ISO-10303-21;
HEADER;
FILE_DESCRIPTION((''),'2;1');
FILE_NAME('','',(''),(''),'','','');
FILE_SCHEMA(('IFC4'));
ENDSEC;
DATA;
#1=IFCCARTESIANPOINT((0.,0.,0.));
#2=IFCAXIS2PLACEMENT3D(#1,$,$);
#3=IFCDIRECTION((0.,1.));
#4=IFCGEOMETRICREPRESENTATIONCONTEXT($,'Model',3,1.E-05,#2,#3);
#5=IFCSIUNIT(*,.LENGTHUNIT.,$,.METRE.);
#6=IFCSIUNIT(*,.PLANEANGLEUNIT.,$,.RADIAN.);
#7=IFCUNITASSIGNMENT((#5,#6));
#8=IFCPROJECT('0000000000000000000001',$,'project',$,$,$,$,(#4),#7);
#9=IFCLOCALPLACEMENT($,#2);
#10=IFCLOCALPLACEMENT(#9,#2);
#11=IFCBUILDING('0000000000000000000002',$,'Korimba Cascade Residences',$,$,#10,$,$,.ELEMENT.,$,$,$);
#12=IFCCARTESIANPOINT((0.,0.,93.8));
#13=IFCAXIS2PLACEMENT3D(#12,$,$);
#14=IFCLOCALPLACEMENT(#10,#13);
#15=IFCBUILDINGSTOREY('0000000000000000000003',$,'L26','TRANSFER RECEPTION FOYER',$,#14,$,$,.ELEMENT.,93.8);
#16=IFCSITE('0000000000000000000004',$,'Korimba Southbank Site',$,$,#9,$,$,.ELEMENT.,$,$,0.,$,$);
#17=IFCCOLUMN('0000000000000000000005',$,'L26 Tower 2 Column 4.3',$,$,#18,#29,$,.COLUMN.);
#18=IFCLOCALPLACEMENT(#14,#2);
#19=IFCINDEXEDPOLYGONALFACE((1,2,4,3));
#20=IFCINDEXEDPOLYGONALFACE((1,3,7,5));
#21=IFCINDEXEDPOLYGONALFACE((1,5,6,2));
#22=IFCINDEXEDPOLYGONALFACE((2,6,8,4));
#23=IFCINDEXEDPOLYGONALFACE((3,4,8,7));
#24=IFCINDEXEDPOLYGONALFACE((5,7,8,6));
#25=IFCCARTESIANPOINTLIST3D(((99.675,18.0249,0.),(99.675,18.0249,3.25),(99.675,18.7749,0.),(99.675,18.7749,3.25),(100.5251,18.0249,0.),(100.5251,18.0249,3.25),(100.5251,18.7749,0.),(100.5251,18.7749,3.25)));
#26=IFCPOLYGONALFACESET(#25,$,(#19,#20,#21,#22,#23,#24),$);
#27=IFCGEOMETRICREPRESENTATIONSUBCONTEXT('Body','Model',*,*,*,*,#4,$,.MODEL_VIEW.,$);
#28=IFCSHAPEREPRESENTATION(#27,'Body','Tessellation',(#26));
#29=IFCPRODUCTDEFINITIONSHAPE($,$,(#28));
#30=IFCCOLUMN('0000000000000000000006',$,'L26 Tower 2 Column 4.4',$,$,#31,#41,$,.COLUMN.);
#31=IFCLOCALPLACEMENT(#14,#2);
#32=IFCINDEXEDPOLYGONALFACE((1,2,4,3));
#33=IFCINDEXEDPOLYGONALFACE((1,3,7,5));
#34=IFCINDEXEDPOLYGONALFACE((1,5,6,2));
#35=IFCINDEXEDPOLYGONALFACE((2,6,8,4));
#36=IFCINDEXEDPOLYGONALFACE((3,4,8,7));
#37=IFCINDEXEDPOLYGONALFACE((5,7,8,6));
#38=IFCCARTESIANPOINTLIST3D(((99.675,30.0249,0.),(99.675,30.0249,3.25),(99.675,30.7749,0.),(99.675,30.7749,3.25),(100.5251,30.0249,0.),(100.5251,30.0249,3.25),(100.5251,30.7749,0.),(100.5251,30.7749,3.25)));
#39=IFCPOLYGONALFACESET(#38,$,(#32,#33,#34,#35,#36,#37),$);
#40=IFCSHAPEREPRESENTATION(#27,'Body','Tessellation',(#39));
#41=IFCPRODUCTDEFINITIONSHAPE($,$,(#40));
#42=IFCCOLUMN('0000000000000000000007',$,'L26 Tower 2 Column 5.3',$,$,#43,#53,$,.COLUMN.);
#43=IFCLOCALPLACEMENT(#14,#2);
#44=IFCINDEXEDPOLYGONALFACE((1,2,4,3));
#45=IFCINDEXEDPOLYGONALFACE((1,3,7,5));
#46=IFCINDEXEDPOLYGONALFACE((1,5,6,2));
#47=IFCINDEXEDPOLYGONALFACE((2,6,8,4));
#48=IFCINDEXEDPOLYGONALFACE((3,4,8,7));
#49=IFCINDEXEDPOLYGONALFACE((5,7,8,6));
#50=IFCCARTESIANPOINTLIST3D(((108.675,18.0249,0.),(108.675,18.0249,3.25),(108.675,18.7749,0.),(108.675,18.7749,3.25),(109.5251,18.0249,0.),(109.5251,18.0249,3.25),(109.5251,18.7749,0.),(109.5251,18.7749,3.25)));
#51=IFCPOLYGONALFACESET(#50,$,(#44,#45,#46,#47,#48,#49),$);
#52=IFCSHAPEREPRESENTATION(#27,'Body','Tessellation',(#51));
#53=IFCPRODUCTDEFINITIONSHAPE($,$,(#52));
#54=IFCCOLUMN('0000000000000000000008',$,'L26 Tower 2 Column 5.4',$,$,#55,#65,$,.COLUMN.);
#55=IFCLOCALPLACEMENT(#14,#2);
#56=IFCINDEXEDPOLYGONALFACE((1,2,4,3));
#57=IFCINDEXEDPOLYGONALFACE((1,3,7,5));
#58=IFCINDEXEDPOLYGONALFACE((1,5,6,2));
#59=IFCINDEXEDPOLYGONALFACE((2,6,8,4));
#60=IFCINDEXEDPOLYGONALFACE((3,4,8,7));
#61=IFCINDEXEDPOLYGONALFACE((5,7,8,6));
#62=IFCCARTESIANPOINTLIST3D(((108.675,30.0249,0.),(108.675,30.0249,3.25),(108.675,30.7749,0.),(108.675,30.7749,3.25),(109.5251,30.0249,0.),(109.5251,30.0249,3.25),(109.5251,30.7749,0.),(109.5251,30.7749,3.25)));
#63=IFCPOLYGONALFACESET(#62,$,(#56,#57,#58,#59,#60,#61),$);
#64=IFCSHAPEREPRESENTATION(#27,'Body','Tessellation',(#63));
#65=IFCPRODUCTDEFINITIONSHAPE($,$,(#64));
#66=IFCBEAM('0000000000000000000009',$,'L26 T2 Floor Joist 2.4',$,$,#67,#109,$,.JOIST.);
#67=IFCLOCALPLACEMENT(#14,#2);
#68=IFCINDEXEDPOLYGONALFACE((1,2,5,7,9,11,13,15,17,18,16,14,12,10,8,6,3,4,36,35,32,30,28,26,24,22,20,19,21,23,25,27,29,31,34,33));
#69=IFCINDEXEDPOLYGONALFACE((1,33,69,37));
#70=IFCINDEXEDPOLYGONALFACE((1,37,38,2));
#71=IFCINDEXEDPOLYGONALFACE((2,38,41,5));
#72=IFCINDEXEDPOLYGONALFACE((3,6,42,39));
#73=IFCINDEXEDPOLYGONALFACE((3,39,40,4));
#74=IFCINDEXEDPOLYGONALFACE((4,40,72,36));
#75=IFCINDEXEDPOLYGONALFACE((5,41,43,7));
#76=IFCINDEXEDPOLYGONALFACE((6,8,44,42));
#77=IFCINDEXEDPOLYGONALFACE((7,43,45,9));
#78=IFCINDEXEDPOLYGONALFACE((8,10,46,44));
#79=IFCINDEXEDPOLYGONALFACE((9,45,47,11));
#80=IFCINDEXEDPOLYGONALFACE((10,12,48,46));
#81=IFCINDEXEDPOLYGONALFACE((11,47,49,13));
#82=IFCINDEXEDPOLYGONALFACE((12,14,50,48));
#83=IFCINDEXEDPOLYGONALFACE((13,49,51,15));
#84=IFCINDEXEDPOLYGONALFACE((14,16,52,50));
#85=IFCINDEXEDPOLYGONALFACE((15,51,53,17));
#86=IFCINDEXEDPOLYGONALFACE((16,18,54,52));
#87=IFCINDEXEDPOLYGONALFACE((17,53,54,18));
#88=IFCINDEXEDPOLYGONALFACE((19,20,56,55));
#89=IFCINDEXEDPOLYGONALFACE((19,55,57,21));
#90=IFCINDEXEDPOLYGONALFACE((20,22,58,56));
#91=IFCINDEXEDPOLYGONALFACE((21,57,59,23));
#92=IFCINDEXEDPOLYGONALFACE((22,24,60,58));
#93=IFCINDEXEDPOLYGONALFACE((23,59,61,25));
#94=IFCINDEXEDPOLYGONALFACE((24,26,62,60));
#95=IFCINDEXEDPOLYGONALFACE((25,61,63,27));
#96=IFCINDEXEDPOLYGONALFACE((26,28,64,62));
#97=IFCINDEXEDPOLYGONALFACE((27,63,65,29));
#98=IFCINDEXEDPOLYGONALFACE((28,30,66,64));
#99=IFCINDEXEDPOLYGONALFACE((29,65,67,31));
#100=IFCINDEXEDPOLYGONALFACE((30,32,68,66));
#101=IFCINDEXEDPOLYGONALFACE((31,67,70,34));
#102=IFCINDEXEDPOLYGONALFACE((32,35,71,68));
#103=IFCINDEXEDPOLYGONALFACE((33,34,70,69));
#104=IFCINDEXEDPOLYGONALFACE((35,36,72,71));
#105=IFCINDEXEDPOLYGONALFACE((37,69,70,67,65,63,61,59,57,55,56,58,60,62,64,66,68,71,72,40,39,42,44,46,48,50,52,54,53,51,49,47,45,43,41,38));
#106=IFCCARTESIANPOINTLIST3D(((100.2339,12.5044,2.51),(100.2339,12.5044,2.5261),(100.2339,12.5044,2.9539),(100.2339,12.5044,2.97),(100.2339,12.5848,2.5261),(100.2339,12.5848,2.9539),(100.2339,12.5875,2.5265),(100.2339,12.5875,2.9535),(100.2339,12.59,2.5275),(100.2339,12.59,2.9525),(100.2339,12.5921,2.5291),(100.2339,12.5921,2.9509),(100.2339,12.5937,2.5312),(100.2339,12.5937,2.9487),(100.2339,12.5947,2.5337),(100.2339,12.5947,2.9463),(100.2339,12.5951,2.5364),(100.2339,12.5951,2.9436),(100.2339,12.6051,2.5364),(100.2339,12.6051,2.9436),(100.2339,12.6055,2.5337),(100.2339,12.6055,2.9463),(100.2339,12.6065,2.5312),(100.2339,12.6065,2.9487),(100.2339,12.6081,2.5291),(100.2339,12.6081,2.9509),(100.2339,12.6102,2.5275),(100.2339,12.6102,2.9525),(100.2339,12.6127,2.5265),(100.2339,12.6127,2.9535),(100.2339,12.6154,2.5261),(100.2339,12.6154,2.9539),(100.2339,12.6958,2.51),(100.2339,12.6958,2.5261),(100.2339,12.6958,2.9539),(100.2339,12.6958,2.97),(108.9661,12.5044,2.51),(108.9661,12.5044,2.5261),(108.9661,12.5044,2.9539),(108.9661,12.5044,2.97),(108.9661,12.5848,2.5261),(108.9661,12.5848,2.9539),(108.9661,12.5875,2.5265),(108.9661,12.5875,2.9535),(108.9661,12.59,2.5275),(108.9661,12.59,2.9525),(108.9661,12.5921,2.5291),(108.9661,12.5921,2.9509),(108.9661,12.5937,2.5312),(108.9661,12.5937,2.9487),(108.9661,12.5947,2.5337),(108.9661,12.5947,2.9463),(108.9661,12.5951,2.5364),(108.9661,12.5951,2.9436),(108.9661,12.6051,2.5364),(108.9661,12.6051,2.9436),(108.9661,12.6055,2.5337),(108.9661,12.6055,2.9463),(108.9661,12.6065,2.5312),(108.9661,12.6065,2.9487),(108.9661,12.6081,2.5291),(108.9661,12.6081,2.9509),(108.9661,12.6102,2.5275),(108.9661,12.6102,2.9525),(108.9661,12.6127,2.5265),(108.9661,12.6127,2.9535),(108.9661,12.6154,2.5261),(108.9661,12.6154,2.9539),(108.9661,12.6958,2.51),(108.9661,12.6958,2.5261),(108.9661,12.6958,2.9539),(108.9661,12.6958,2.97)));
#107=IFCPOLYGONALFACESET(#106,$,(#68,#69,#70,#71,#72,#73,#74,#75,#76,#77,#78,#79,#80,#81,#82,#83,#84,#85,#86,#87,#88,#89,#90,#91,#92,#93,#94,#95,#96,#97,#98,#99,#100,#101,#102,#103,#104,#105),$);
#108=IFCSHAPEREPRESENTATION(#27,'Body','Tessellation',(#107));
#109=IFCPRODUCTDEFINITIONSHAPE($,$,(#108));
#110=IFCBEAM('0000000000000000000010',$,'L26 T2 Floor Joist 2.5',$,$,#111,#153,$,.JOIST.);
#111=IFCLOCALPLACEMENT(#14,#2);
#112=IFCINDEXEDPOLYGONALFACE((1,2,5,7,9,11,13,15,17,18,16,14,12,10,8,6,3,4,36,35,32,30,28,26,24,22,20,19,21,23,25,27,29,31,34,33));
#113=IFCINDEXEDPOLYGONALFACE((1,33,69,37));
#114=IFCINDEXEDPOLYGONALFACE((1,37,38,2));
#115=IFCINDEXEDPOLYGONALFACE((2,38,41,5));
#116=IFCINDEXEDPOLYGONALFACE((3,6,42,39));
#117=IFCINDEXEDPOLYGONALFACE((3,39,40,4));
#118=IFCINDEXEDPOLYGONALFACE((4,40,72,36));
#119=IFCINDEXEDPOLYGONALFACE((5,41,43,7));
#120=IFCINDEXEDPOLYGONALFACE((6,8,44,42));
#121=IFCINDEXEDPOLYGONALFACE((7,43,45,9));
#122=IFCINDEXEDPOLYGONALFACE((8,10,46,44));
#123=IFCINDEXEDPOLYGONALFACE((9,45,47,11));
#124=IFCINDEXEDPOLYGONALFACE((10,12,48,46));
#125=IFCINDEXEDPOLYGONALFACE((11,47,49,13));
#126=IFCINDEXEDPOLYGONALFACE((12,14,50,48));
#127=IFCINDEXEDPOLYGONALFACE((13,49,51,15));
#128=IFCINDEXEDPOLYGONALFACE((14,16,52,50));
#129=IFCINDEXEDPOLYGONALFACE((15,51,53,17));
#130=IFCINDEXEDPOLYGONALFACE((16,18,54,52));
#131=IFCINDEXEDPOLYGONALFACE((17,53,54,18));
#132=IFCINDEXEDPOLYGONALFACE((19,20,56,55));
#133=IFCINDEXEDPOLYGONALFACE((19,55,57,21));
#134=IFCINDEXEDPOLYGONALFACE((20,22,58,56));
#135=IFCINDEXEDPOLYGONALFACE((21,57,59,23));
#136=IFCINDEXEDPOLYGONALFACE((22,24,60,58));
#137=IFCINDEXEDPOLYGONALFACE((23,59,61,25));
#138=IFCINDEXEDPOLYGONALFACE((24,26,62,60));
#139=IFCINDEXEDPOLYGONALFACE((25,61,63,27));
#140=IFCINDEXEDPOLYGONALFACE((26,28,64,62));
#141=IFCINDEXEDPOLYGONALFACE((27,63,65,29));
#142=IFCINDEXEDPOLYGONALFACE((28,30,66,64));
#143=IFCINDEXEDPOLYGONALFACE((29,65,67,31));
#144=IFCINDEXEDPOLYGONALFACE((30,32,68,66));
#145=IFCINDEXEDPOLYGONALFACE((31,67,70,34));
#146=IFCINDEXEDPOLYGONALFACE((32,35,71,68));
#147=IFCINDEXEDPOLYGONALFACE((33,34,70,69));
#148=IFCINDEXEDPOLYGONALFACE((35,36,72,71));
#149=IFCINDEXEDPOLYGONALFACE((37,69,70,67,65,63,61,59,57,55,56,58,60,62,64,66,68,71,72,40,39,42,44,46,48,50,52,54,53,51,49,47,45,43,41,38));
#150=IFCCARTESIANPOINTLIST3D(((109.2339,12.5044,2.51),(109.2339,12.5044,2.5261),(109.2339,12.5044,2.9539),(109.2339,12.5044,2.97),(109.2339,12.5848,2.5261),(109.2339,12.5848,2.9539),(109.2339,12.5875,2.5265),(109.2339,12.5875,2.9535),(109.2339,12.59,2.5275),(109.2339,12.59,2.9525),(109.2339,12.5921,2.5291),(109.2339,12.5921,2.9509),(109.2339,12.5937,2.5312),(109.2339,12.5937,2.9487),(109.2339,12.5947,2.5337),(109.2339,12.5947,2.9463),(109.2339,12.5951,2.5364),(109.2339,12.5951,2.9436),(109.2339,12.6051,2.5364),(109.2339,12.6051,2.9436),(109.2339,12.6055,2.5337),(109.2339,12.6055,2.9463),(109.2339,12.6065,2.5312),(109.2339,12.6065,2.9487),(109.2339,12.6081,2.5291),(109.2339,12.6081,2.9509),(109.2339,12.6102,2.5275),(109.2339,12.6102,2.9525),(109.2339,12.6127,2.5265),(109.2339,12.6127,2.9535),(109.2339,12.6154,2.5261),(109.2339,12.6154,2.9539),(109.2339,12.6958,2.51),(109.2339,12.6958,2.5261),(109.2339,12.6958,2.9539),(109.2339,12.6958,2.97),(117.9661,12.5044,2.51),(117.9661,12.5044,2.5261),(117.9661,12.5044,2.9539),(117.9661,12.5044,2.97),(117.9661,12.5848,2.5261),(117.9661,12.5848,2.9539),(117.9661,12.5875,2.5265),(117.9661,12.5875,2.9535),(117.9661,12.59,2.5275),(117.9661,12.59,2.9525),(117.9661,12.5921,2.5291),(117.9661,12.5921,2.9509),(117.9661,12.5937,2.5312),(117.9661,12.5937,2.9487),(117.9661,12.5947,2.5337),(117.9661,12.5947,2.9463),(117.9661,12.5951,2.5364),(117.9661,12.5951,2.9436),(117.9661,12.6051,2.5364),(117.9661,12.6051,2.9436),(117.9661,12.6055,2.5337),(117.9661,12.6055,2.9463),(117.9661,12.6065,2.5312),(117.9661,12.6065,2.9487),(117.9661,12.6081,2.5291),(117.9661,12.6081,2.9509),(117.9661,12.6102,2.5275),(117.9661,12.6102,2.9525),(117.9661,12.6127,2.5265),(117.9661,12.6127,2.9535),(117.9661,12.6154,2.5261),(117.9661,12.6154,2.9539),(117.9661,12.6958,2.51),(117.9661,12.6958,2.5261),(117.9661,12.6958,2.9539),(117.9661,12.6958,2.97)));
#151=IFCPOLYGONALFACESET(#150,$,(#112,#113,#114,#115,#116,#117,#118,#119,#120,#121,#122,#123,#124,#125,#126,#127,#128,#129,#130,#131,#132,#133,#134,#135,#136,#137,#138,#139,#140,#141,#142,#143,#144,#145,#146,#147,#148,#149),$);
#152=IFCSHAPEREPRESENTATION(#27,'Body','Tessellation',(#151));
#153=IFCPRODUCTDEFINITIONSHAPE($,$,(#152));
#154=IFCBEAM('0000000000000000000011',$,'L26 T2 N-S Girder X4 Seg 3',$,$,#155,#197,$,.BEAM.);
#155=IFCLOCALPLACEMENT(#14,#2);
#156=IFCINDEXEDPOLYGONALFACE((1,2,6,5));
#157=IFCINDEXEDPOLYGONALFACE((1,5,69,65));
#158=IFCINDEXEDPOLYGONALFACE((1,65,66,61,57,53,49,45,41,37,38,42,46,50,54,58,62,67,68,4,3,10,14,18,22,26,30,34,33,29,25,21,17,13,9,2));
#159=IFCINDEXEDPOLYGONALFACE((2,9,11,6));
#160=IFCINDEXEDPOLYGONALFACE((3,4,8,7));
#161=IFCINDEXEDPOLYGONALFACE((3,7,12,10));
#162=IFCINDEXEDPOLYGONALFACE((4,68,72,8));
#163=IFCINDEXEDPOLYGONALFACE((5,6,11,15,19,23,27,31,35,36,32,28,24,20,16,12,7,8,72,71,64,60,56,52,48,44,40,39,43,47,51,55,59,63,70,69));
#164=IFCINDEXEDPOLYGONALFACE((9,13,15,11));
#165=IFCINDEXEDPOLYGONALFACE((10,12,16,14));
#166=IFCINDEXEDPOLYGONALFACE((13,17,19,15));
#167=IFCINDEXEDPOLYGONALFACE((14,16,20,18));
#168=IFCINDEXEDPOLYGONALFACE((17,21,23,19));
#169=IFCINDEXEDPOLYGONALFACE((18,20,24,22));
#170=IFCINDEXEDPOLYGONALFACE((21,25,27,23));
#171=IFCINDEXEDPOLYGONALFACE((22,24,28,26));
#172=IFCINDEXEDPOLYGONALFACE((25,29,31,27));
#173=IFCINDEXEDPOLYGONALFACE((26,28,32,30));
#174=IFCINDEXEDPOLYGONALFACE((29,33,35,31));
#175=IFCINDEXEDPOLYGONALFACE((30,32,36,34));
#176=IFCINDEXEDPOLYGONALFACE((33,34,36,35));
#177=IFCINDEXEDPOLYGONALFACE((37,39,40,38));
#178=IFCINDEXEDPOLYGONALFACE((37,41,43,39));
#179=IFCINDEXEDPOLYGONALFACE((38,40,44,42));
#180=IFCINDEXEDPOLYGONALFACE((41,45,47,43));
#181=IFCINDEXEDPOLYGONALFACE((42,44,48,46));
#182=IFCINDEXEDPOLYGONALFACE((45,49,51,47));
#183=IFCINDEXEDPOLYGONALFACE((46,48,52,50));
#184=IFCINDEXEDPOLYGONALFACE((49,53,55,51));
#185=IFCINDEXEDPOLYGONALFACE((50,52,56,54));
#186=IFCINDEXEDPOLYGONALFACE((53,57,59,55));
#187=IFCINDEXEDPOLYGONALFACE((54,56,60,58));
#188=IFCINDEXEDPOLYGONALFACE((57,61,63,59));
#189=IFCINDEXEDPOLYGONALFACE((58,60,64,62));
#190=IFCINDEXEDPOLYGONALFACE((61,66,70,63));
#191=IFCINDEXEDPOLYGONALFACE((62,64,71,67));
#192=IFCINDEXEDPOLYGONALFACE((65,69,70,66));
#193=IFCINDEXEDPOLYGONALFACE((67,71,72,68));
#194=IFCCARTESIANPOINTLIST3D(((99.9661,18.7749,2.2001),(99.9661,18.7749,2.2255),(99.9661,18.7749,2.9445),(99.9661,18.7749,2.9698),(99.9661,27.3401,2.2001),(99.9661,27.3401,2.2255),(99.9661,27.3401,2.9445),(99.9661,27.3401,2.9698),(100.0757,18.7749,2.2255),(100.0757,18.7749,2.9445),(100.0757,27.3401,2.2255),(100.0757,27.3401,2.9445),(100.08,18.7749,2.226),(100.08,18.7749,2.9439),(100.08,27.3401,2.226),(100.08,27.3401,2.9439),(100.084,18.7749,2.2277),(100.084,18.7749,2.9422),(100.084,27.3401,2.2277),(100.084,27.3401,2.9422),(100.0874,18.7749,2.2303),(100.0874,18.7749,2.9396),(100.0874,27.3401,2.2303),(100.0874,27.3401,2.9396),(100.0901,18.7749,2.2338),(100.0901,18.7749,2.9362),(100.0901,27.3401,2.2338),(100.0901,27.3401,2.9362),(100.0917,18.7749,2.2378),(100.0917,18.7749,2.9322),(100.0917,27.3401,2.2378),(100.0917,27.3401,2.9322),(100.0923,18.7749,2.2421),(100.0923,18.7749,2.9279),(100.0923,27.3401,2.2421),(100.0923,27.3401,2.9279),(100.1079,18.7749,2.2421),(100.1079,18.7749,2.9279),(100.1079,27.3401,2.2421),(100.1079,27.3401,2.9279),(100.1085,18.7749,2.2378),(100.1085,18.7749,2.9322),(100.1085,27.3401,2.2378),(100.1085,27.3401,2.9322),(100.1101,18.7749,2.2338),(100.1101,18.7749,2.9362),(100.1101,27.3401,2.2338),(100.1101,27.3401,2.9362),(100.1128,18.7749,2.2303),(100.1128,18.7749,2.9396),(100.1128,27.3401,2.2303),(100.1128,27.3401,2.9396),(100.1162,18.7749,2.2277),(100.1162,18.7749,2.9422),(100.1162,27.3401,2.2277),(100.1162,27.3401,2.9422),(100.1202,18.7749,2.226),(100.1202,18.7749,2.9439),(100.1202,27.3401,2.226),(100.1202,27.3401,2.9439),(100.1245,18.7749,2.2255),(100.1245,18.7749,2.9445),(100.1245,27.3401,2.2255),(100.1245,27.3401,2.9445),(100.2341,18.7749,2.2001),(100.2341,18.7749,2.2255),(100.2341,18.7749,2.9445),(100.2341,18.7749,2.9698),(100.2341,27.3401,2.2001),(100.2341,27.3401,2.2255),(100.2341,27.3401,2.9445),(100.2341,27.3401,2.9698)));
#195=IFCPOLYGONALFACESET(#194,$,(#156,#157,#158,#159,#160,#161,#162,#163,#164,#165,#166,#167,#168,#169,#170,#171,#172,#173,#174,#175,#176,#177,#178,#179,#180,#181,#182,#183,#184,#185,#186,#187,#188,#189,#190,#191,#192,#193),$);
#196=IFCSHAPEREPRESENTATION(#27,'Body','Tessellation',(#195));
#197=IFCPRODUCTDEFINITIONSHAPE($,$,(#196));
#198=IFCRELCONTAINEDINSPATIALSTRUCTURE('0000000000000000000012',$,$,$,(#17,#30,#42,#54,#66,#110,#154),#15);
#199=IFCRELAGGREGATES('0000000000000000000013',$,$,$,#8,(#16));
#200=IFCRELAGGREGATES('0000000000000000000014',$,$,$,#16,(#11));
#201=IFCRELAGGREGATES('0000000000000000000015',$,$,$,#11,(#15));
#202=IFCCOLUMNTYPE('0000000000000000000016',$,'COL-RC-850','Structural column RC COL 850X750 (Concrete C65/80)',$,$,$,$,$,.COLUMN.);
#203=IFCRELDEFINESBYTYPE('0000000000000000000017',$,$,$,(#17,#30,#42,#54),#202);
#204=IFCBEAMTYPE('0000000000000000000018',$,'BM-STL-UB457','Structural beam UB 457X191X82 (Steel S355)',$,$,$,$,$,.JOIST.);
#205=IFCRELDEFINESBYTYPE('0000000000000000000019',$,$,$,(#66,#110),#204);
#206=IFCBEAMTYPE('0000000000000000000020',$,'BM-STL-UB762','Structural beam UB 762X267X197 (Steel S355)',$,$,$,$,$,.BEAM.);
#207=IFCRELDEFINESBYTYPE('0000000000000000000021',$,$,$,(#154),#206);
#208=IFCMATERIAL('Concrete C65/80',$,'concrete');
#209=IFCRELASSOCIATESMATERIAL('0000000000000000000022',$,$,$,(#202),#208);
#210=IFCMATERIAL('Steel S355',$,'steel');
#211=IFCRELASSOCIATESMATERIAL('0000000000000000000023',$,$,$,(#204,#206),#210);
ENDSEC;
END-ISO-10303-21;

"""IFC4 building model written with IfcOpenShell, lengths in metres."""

from ifc_helpers import new_model, si_unit, direction, frame, origin, origin_2d, place, context, subcontext, project, spatial, rectangle, i_section, extrude, material, material_profile, profile_set, type_object, element, save


model = new_model("IFC4")

# Units and contexts
model_context = context("Model", 3, precision=1e-05, world=origin(), true_north=direction((0.0, 1.0)))
body_context = subcontext(model_context, "Body", "Model", "MODEL_VIEW")
ifc_project = project(units=[si_unit("LENGTHUNIT", "METRE"), si_unit("PLANEANGLEUNIT", "RADIAN")], contexts=[model_context])

# Site, building, storey
site_placement = place(None, origin())
site = spatial("IfcSite", under=ifc_project, at=site_placement, Name="Korimba Southbank Site", CompositionType="ELEMENT", RefElevation=0.0)
building_placement = place(site_placement, origin())
building = spatial("IfcBuilding", under=site, at=building_placement, Name="Korimba Cascade Residences", CompositionType="ELEMENT")
storey_placement = place(building_placement, frame((0.0, 0.0, 93.8)))
storey = spatial("IfcBuildingStorey", under=building, at=storey_placement, Name="L26", Description="TRANSFER RECEPTION FOYER", CompositionType="ELEMENT", Elevation=93.8)

# Columns
ifc_material_1 = material(Name="Concrete C65/80", Category="concrete")
ifc_material_profile_1 = material_profile(ifc_material_1, rectangle(XDim=0.8501, YDim=0.75, at=origin_2d()), Name="Concrete C65/80")
ifc_profile_set_1 = profile_set([ifc_material_profile_1], Name="Concrete C65/80")
column_type = type_object("IfcColumnType", Name="COL-RC-850", Description="Structural column RC COL 850X750 (Concrete C65/80)", PredefinedType="COLUMN", material=ifc_profile_set_1)
for number, where, z_axis, x_axis, name in (
    (1, (100.1001, 18.3999, 0.0), (0.0, 0.0, 1.0), (1.0, 0.0, 0.0), "L26 Tower 2 Column 4.3"),
    (2, (100.1001, 30.3999, 0.0), (0.0, 0.0, 1.0), (1.0, 0.0, 0.0), "L26 Tower 2 Column 4.4"),
    (3, (109.1001, 18.3999, 0.0), (0.0, 0.0, 1.0), (1.0, 0.0, 0.0), "L26 Tower 2 Column 5.3"),
    (4, (109.1001, 30.3999, 0.0), (0.0, 0.0, 1.0), (1.0, 0.0, 0.0), "L26 Tower 2 Column 5.4"),
):
    element("IfcColumn", number, at=place(storey_placement, frame(where, z_axis=z_axis, x_axis=x_axis)), inside=storey, type_object=column_type, Name=name, PredefinedType="COLUMN", context=body_context, shape_type="SweptSolid", body=[
        extrude(rectangle(XDim=0.8501, YDim=0.75, at=origin_2d()), origin(), (0.0, 0.0, 1.0), 3.25),
    ])

# Beams
ifc_material_2 = material(Name="Steel S355", Category="steel")
ifc_material_profile_2 = material_profile(ifc_material_2, i_section(OverallWidth=0.1914, OverallDepth=0.46, WebThickness=0.01, FlangeThickness=0.0161, FilletRadius=0.0103, at=origin_2d()), Name="Steel S355")
ifc_profile_set_2 = profile_set([ifc_material_profile_2], Name="Steel S355")
beam_type_1 = type_object("IfcBeamType", Name="BM-STL-UB457", Description="Structural beam UB 457X191X82 (Steel S355)", PredefinedType="JOIST", material=ifc_profile_set_2)
for number, where, z_axis, x_axis, name in (
    (5, (100.2339, 12.6001, 2.74), (1.0, 0.0, 0.0), (0.0, 1.0, 0.0), "L26 T2 Floor Joist 2.4"),
    (6, (109.2339, 12.6001, 2.74), (1.0, 0.0, 0.0), (0.0, 1.0, 0.0), "L26 T2 Floor Joist 2.5"),
):
    element("IfcBeam", number, at=place(storey_placement, frame(where, z_axis=z_axis, x_axis=x_axis)), inside=storey, type_object=beam_type_1, Name=name, PredefinedType="JOIST", context=body_context, shape_type="SweptSolid", body=[
        extrude(i_section(OverallWidth=0.1914, OverallDepth=0.46, WebThickness=0.01, FlangeThickness=0.0161, FilletRadius=0.0103, at=origin_2d()), origin(), (0.0, 0.0, 1.0), 8.7322),
    ])
ifc_material_profile_3 = material_profile(ifc_material_2, i_section(OverallWidth=0.2681, OverallDepth=0.7698, WebThickness=0.0156, FlangeThickness=0.0254, FilletRadius=0.0166, at=origin_2d()), Name="Steel S355")
ifc_profile_set_3 = profile_set([ifc_material_profile_3], Name="Steel S355")
beam_type_2 = type_object("IfcBeamType", Name="BM-STL-UB762", Description="Structural beam UB 762X267X197 (Steel S355)", PredefinedType="BEAM", material=ifc_profile_set_3)
beam_1_placement = place(storey_placement, frame((100.1001, 18.7749, 2.585), z_axis=(0.0, 1.0, 0.0), x_axis=(-1.0, 0.0, 0.0)))
element("IfcBeam", 7, at=beam_1_placement, inside=storey, type_object=beam_type_2, Name="L26 T2 N-S Girder X4 Seg 3", PredefinedType="BEAM", context=body_context, shape_type="SweptSolid", body=[
    extrude(i_section(OverallWidth=0.2681, OverallDepth=0.7698, WebThickness=0.0156, FlangeThickness=0.0254, FilletRadius=0.0166, at=origin_2d()), origin(), (0.0, 0.0, 1.0), 8.5652),
])

save(model, "model.ifc")
